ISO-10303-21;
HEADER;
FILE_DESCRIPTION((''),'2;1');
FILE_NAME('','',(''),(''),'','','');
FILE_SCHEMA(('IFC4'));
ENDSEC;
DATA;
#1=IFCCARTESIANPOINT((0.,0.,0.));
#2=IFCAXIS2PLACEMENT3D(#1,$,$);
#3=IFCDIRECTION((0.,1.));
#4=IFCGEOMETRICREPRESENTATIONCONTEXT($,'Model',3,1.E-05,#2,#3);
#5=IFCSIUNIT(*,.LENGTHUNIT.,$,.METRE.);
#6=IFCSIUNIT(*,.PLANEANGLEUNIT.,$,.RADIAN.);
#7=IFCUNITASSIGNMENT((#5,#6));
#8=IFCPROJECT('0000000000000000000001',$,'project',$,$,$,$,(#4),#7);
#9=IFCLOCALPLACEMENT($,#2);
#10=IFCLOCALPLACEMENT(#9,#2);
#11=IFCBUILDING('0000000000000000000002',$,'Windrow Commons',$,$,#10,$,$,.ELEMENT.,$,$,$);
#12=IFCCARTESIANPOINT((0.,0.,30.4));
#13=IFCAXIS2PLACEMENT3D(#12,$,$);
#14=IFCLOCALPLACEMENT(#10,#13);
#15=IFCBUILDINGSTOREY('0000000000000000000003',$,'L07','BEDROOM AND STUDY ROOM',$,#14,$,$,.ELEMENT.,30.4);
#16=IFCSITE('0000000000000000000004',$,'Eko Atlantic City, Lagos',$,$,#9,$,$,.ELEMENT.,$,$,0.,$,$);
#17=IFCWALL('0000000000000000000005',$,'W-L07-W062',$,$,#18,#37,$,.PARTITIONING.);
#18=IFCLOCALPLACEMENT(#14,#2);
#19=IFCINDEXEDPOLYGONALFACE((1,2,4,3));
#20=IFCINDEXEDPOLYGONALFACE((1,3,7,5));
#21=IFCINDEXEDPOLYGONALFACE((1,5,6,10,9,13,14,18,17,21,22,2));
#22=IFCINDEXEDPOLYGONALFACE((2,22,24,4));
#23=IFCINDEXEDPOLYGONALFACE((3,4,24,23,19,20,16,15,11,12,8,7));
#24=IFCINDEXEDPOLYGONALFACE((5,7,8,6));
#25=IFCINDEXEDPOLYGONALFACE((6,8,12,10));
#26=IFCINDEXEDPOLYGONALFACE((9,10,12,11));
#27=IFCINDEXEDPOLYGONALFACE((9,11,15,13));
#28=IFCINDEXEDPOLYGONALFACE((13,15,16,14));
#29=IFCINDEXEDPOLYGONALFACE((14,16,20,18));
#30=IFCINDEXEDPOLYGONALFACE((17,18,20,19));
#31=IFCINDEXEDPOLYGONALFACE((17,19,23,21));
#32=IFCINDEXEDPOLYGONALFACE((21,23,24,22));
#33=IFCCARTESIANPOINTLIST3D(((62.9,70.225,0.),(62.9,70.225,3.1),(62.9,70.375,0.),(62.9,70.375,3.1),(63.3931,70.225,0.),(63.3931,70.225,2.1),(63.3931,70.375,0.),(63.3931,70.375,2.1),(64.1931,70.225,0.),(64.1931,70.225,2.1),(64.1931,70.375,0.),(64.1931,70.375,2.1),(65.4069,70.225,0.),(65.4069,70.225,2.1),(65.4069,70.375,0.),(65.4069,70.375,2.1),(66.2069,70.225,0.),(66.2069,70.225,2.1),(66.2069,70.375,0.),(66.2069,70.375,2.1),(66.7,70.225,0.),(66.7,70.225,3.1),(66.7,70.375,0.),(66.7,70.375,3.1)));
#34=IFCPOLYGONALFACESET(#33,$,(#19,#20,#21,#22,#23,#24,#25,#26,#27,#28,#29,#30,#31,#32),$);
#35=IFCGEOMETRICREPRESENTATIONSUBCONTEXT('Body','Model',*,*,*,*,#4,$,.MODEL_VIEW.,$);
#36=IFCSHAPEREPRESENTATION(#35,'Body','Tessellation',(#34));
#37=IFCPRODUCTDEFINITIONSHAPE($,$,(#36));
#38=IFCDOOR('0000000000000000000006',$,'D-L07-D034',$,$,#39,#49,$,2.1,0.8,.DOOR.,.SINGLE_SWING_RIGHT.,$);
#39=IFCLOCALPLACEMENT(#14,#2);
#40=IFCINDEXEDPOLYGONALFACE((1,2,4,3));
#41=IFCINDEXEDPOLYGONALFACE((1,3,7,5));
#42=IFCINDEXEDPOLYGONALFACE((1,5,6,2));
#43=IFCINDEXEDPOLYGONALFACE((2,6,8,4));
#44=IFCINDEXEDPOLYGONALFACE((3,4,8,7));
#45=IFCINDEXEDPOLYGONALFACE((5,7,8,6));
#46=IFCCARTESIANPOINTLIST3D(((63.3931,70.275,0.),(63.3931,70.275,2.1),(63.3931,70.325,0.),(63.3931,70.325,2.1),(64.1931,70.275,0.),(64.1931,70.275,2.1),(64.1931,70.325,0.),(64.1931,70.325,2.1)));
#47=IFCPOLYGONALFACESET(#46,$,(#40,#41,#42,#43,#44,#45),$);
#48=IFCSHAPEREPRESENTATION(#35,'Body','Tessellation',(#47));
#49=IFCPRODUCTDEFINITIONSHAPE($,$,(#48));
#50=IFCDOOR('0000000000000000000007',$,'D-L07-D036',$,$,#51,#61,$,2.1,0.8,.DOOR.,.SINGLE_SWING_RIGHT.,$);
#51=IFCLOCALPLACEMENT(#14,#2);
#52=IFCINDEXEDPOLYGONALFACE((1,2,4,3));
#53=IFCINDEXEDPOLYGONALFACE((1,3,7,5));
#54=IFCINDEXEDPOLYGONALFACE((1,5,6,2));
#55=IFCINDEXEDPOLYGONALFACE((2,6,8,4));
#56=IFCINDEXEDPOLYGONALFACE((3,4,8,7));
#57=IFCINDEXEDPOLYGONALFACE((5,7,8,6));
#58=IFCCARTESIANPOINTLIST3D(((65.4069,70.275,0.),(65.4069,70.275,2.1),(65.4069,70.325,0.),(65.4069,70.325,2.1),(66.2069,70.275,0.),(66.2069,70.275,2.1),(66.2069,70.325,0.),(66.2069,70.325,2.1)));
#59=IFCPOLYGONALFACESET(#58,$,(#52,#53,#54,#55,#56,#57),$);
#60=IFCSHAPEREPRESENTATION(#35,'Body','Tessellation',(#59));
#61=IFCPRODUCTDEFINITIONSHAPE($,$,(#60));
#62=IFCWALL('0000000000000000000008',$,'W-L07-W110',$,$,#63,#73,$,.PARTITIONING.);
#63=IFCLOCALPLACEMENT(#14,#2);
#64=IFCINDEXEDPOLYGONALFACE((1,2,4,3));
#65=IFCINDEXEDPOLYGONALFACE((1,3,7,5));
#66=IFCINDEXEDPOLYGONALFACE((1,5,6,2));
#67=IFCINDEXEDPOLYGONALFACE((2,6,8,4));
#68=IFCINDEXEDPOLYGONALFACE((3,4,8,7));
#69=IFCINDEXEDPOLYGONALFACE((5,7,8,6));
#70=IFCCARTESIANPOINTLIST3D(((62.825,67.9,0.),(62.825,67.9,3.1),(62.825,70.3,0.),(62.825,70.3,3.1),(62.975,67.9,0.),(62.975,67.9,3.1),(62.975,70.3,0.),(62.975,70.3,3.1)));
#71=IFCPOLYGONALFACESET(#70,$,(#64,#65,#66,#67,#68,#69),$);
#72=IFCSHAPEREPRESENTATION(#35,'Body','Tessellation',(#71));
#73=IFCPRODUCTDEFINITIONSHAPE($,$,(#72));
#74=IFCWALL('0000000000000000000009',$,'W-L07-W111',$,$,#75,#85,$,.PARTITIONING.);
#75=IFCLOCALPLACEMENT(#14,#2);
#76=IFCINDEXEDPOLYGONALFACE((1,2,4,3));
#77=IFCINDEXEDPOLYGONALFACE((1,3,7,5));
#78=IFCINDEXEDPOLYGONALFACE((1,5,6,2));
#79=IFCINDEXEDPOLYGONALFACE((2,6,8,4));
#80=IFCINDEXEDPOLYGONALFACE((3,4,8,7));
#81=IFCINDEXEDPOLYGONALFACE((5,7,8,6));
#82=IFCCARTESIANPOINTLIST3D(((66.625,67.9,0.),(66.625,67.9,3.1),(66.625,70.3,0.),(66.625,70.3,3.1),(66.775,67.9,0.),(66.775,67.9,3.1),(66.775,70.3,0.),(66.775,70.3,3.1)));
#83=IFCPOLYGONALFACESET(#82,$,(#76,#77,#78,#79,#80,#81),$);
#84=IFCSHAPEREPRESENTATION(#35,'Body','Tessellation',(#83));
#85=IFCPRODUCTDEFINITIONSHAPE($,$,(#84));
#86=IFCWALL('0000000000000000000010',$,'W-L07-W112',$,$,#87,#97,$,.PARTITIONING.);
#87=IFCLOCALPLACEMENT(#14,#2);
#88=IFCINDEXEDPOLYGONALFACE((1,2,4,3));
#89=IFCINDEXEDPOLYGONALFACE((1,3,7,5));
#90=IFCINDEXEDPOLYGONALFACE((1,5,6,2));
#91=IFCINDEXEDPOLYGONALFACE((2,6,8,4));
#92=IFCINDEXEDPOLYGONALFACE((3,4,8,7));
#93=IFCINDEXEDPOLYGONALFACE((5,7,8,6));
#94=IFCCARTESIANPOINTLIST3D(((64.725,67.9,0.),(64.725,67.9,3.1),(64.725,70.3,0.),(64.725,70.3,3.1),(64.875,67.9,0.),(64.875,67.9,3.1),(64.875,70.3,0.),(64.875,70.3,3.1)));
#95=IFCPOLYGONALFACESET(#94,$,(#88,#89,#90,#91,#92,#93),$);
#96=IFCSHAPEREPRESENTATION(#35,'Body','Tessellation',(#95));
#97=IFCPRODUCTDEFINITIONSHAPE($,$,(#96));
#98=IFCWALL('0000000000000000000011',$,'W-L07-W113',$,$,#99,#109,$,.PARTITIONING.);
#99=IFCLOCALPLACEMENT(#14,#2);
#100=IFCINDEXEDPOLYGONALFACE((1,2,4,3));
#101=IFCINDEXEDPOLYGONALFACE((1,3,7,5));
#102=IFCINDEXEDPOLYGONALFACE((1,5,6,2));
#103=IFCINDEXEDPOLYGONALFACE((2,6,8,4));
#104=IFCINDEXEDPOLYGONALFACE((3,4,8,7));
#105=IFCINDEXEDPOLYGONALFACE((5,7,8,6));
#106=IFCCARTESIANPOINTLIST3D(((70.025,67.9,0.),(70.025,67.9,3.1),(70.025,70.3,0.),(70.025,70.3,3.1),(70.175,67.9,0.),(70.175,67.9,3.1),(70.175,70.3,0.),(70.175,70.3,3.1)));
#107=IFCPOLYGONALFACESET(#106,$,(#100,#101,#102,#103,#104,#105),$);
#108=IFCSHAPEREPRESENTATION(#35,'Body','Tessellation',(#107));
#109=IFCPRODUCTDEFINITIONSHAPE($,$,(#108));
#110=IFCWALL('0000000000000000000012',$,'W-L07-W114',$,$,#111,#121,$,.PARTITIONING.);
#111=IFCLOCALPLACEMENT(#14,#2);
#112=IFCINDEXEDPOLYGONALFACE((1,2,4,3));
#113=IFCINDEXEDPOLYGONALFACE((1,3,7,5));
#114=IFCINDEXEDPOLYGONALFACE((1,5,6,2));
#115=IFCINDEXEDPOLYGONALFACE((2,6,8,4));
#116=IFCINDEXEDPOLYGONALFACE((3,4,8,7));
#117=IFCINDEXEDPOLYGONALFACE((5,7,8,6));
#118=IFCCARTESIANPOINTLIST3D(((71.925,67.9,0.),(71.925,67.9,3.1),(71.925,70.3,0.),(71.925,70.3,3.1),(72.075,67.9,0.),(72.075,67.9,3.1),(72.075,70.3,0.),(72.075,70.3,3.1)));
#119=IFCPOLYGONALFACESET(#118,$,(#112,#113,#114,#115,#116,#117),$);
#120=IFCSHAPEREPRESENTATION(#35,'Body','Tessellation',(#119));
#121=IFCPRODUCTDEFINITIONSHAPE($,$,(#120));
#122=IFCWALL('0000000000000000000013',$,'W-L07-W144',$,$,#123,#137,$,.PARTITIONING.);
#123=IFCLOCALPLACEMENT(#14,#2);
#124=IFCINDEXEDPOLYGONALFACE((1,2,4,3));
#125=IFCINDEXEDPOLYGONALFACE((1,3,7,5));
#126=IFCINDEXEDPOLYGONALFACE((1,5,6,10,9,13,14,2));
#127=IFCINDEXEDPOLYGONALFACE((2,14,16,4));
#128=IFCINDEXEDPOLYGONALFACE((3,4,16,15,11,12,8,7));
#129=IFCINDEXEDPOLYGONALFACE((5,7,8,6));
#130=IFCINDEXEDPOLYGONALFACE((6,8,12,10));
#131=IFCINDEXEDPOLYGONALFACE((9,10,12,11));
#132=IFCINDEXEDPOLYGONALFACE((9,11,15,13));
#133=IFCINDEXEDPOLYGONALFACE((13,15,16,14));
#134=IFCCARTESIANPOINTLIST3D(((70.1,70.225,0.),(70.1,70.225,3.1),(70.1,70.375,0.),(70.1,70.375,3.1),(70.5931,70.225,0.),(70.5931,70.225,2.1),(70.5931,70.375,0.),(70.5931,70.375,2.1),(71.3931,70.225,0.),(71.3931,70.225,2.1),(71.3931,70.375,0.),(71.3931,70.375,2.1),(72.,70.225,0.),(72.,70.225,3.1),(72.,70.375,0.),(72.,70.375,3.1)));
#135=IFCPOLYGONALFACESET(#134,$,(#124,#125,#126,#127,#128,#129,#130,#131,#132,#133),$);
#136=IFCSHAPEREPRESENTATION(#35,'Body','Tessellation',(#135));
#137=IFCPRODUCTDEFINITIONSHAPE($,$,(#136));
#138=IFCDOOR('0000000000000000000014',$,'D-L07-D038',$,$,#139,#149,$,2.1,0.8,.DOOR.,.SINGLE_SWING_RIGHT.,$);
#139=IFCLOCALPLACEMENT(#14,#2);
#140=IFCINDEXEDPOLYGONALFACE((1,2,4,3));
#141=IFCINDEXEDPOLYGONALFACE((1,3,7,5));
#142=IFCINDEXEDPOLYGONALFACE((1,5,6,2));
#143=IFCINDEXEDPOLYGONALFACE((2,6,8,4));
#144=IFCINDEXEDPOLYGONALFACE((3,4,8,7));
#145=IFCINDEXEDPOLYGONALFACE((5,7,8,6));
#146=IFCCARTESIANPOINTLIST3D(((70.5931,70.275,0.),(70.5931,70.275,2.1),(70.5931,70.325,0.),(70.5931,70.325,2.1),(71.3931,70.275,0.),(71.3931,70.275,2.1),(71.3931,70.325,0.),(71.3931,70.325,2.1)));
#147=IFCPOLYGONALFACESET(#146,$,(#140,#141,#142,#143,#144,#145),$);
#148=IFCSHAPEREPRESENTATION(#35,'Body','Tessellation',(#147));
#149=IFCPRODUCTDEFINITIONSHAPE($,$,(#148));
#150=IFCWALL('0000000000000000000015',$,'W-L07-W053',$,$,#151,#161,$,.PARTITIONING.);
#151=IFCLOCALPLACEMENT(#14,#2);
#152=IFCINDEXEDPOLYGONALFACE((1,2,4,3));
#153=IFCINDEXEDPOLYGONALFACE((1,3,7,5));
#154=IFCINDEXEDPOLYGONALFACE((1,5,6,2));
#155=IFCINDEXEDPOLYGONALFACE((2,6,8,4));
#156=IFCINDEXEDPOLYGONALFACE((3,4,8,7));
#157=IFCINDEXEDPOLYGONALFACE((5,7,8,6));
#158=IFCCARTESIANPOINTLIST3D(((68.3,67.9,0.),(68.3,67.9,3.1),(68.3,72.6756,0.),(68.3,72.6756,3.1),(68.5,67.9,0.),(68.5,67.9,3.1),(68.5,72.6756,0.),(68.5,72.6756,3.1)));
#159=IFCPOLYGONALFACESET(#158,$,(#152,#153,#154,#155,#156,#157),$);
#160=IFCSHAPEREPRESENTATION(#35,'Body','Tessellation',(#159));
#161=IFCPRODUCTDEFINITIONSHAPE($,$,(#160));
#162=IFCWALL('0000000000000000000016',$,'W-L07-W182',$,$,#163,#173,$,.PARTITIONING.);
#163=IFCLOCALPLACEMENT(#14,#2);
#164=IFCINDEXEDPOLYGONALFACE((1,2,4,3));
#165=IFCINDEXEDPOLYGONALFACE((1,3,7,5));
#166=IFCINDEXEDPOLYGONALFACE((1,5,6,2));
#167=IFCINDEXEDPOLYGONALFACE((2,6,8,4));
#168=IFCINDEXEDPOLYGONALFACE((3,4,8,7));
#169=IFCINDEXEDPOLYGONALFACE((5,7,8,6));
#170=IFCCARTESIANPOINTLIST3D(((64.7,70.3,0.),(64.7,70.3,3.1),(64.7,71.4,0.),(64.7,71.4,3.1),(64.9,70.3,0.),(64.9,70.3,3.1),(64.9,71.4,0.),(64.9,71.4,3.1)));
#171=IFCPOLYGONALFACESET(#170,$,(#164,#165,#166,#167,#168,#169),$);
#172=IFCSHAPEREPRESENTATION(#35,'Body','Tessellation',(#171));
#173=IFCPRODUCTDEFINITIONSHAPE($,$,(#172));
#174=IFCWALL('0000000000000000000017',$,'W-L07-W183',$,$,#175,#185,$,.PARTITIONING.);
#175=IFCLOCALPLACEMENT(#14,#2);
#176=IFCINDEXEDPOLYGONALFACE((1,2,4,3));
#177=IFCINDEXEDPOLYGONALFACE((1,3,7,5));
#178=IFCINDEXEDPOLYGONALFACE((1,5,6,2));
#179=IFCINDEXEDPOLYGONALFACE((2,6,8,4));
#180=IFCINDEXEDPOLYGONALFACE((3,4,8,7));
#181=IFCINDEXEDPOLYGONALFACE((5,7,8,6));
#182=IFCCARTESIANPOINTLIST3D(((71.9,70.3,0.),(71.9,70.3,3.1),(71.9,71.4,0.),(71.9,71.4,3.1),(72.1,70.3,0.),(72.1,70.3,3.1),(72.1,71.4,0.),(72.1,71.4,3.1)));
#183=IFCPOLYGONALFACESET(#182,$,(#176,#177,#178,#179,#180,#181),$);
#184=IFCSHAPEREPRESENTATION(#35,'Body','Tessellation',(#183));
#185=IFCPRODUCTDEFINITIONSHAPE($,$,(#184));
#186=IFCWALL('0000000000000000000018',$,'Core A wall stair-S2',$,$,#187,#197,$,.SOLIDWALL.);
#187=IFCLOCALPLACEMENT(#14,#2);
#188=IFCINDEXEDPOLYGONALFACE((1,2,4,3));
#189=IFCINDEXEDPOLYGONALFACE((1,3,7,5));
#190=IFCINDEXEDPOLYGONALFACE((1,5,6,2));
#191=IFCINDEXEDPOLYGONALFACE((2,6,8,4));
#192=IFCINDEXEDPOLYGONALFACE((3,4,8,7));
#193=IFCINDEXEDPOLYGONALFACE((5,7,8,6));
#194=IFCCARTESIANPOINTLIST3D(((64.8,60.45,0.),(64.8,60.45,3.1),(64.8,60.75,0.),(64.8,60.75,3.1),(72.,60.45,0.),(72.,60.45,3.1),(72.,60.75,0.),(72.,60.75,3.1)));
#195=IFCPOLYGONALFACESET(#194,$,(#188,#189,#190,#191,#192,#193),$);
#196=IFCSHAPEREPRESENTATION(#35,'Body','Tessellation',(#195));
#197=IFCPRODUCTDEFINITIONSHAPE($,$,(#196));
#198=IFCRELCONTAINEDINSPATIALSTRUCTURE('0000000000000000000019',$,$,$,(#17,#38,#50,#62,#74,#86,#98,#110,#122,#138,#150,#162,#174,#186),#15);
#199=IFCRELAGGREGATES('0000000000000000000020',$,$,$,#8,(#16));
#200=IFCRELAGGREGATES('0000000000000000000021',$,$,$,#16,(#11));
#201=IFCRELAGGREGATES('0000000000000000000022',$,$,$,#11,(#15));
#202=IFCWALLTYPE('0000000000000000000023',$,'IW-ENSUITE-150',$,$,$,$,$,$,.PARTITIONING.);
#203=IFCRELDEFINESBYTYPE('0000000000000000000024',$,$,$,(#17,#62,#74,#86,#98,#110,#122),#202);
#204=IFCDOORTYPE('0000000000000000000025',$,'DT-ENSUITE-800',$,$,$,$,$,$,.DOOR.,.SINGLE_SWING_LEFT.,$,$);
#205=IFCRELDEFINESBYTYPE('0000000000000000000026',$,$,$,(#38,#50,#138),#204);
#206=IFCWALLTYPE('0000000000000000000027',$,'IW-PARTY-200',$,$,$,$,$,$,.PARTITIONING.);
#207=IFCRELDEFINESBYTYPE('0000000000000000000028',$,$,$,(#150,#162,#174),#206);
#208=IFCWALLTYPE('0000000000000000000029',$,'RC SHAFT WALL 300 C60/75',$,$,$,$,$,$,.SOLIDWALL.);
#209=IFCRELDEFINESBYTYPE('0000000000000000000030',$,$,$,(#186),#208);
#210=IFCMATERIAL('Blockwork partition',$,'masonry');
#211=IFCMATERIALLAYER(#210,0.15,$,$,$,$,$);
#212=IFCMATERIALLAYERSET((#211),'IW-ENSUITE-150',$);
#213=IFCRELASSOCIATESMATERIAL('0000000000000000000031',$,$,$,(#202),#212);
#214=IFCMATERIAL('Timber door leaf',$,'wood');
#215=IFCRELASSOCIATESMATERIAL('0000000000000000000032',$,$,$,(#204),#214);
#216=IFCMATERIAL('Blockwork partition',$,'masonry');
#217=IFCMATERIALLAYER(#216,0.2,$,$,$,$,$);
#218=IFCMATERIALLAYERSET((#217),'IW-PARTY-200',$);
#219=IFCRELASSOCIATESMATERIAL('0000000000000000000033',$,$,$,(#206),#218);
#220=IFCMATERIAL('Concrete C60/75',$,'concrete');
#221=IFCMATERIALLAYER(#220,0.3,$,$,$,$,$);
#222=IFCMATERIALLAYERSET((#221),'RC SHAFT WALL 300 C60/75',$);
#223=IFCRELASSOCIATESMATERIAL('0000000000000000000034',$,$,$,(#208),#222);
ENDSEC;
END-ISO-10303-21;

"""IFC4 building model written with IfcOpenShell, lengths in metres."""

from ifc_helpers import new_model, si_unit, direction, frame, frame_2d, origin, place, context, subcontext, project, spatial, rectangle, extrude, material, layer, layer_set, type_object, element, fill, save


model = new_model("IFC4")

# Units and contexts
model_context = context("Model", 3, precision=1e-05, world=origin(), true_north=direction((0.0, 1.0)))
body_context = subcontext(model_context, "Body", "Model", "MODEL_VIEW")
ifc_project = project(units=[si_unit("LENGTHUNIT", "METRE"), si_unit("PLANEANGLEUNIT", "RADIAN")], contexts=[model_context])

# Site, building, storey
site_placement = place(None, origin())
site = spatial("IfcSite", under=ifc_project, at=site_placement, Name="Eko Atlantic City, Lagos", CompositionType="ELEMENT", RefElevation=0.0)
building_placement = place(site_placement, origin())
building = spatial("IfcBuilding", under=site, at=building_placement, Name="Windrow Commons", CompositionType="ELEMENT")
storey_placement = place(building_placement, frame((0.0, 0.0, 30.4)))
storey = spatial("IfcBuildingStorey", under=building, at=storey_placement, Name="L07", Description="BEDROOM AND STUDY ROOM", CompositionType="ELEMENT", Elevation=30.4)

# Wall, openings, doors
ifc_material_1 = material(Name="Blockwork partition", Category="masonry")
ifc_layer_1 = layer(ifc_material_1, 0.15)
ifc_layer_set_1 = layer_set([ifc_layer_1], Name="IW-ENSUITE-150")
wall_type_1 = type_object("IfcWallType", Name="IW-ENSUITE-150", PredefinedType="PARTITIONING", material=ifc_layer_set_1)
wall_1_placement = place(storey_placement, frame((62.9, 70.3, 0.0), z_axis=(0.0, 0.0, 1.0), x_axis=(1.0, 0.0, 0.0)))
wall_1 = element("IfcWall", 1, at=wall_1_placement, inside=storey, type_object=wall_type_1, Name="W-L07-W062", PredefinedType="PARTITIONING", context=body_context, shape_type="SweptSolid", body=[
    extrude(rectangle(XDim=3.8, YDim=0.15, at=frame_2d((1.9, 0.0))), origin(), (0.0, 0.0, 1.0), 3.1),
])
opening_1_placement = place(wall_1_placement, frame((0.4931, 0.0, 0.0)))
opening_1 = element("IfcOpeningElement", 2, at=opening_1_placement, cuts=wall_1, PredefinedType="OPENING", context=body_context, shape_type="SweptSolid", body=[
    extrude(rectangle(XDim=0.8, YDim=2.1, at=frame_2d((0.4, 1.05))), frame((0.0, 0.085, 0.0), z_axis=(0.0, -1.0, 0.0), x_axis=(1.0, 0.0, 0.0)), (0.0, 0.0, 1.0), 0.17),
])
opening_2_placement = place(wall_1_placement, frame((2.5069, 0.0, 0.0)))
opening_2 = element("IfcOpeningElement", 3, at=opening_2_placement, cuts=wall_1, PredefinedType="OPENING", context=body_context, shape_type="SweptSolid", body=[
    extrude(rectangle(XDim=0.8, YDim=2.1, at=frame_2d((0.4, 1.05))), frame((0.0, 0.085, 0.0), z_axis=(0.0, -1.0, 0.0), x_axis=(1.0, 0.0, 0.0)), (0.0, 0.0, 1.0), 0.17),
])
ifc_material_2 = material(Name="Timber door leaf", Category="wood")
door_type = type_object("IfcDoorType", Name="DT-ENSUITE-800", OperationType="SINGLE_SWING_LEFT", PredefinedType="DOOR", material=ifc_material_2)
door_1_placement = place(opening_1_placement, origin())
door_1 = element("IfcDoor", 4, at=door_1_placement, inside=storey, type_object=door_type, Name="D-L07-D034", OperationType="SINGLE_SWING_RIGHT", OverallHeight=2.1, OverallWidth=0.8, PredefinedType="DOOR", context=body_context, shape_type="SweptSolid", body=[
    extrude(rectangle(XDim=0.8, YDim=2.1, at=frame_2d((0.4, 1.05))), frame((0.0, 0.025, 0.0), z_axis=(0.0, -1.0, 0.0), x_axis=(1.0, 0.0, 0.0)), (0.0, 0.0, 1.0), 0.05),
])
fill(opening_1, door_1)
door_2_placement = place(opening_2_placement, origin())
door_2 = element("IfcDoor", 5, at=door_2_placement, inside=storey, type_object=door_type, Name="D-L07-D036", OperationType="SINGLE_SWING_RIGHT", OverallHeight=2.1, OverallWidth=0.8, PredefinedType="DOOR", context=body_context, shape_type="SweptSolid", body=[
    extrude(rectangle(XDim=0.8, YDim=2.1, at=frame_2d((0.4, 1.05))), frame((0.0, 0.025, 0.0), z_axis=(0.0, -1.0, 0.0), x_axis=(1.0, 0.0, 0.0)), (0.0, 0.0, 1.0), 0.05),
])
fill(opening_2, door_2)

# Walls
for number, where, z_axis, x_axis, name in (
    (6, (62.9, 67.9, 0.0), (0.0, 0.0, 1.0), (0.0, 1.0, 0.0), "W-L07-W110"),
    (7, (66.7, 67.9, 0.0), (0.0, 0.0, 1.0), (0.0, 1.0, 0.0), "W-L07-W111"),
    (8, (64.8, 67.9, 0.0), (0.0, 0.0, 1.0), (0.0, 1.0, 0.0), "W-L07-W112"),
    (9, (70.1, 67.9, 0.0), (0.0, 0.0, 1.0), (0.0, 1.0, 0.0), "W-L07-W113"),
    (10, (72.0, 67.9, 0.0), (0.0, 0.0, 1.0), (0.0, 1.0, 0.0), "W-L07-W114"),
):
    element("IfcWall", number, at=place(storey_placement, frame(where, z_axis=z_axis, x_axis=x_axis)), inside=storey, type_object=wall_type_1, Name=name, PredefinedType="PARTITIONING", context=body_context, shape_type="SweptSolid", body=[
        extrude(rectangle(XDim=2.4, YDim=0.15, at=frame_2d((1.2, 0.0))), origin(), (0.0, 0.0, 1.0), 3.1),
    ])

# Wall, opening, door
wall_2_placement = place(storey_placement, frame((70.1, 70.3, 0.0), z_axis=(0.0, 0.0, 1.0), x_axis=(1.0, 0.0, 0.0)))
wall_2 = element("IfcWall", 11, at=wall_2_placement, inside=storey, type_object=wall_type_1, Name="W-L07-W144", PredefinedType="PARTITIONING", context=body_context, shape_type="SweptSolid", body=[
    extrude(rectangle(XDim=1.9, YDim=0.15, at=frame_2d((0.95, 0.0))), origin(), (0.0, 0.0, 1.0), 3.1),
])
opening_3_placement = place(wall_2_placement, frame((0.4931, 0.0, 0.0)))
opening_3 = element("IfcOpeningElement", 12, at=opening_3_placement, cuts=wall_2, PredefinedType="OPENING", context=body_context, shape_type="SweptSolid", body=[
    extrude(rectangle(XDim=0.8, YDim=2.1, at=frame_2d((0.4, 1.05))), frame((0.0, 0.085, 0.0), z_axis=(0.0, -1.0, 0.0), x_axis=(1.0, 0.0, 0.0)), (0.0, 0.0, 1.0), 0.17),
])
door_3_placement = place(opening_3_placement, origin())
door_3 = element("IfcDoor", 13, at=door_3_placement, inside=storey, type_object=door_type, Name="D-L07-D038", OperationType="SINGLE_SWING_RIGHT", OverallHeight=2.1, OverallWidth=0.8, PredefinedType="DOOR", context=body_context, shape_type="SweptSolid", body=[
    extrude(rectangle(XDim=0.8, YDim=2.1, at=frame_2d((0.4, 1.05))), frame((0.0, 0.025, 0.0), z_axis=(0.0, -1.0, 0.0), x_axis=(1.0, 0.0, 0.0)), (0.0, 0.0, 1.0), 0.05),
])
fill(opening_3, door_3)

# Walls
ifc_material_3 = material(Name="Blockwork partition", Category="masonry")
ifc_layer_2 = layer(ifc_material_3, 0.2)
ifc_layer_set_2 = layer_set([ifc_layer_2], Name="IW-PARTY-200")
wall_type_2 = type_object("IfcWallType", Name="IW-PARTY-200", PredefinedType="PARTITIONING", material=ifc_layer_set_2)
wall_3_placement = place(storey_placement, frame((68.4, 67.9, 0.0), z_axis=(0.0, 0.0, 1.0), x_axis=(0.0, 1.0, 0.0)))
element("IfcWall", 14, at=wall_3_placement, inside=storey, type_object=wall_type_2, Name="W-L07-W053", PredefinedType="PARTITIONING", context=body_context, shape_type="SweptSolid", body=[
    extrude(rectangle(XDim=4.7756, YDim=0.2, at=frame_2d((2.3878, 0.0))), origin(), (0.0, 0.0, 1.0), 3.1),
])
for number, where, z_axis, x_axis, name in (
    (15, (64.8, 70.3, 0.0), (0.0, 0.0, 1.0), (0.0, 1.0, 0.0), "W-L07-W182"),
    (16, (72.0, 70.3, 0.0), (0.0, 0.0, 1.0), (0.0, 1.0, 0.0), "W-L07-W183"),
):
    element("IfcWall", number, at=place(storey_placement, frame(where, z_axis=z_axis, x_axis=x_axis)), inside=storey, type_object=wall_type_2, Name=name, PredefinedType="PARTITIONING", context=body_context, shape_type="SweptSolid", body=[
        extrude(rectangle(XDim=1.1, YDim=0.2, at=frame_2d((0.55, 0.0))), origin(), (0.0, 0.0, 1.0), 3.1),
    ])
ifc_material_4 = material(Name="Concrete C60/75", Category="concrete")
ifc_layer_3 = layer(ifc_material_4, 0.3)
ifc_layer_set_3 = layer_set([ifc_layer_3], Name="RC SHAFT WALL 300 C60/75")
wall_type_3 = type_object("IfcWallType", Name="RC SHAFT WALL 300 C60/75", PredefinedType="SOLIDWALL", material=ifc_layer_set_3)
wall_4_placement = place(storey_placement, frame((64.8, 60.6, 0.0), z_axis=(0.0, 0.0, 1.0), x_axis=(1.0, 0.0, 0.0)))
element("IfcWall", 17, at=wall_4_placement, inside=storey, type_object=wall_type_3, Name="Core A wall stair-S2", PredefinedType="SOLIDWALL", context=body_context, shape_type="SweptSolid", body=[
    extrude(rectangle(XDim=7.2, YDim=0.3, at=frame_2d((3.6, 0.0))), origin(), (0.0, 0.0, 1.0), 3.1),
])

save(model, "model.ifc")
